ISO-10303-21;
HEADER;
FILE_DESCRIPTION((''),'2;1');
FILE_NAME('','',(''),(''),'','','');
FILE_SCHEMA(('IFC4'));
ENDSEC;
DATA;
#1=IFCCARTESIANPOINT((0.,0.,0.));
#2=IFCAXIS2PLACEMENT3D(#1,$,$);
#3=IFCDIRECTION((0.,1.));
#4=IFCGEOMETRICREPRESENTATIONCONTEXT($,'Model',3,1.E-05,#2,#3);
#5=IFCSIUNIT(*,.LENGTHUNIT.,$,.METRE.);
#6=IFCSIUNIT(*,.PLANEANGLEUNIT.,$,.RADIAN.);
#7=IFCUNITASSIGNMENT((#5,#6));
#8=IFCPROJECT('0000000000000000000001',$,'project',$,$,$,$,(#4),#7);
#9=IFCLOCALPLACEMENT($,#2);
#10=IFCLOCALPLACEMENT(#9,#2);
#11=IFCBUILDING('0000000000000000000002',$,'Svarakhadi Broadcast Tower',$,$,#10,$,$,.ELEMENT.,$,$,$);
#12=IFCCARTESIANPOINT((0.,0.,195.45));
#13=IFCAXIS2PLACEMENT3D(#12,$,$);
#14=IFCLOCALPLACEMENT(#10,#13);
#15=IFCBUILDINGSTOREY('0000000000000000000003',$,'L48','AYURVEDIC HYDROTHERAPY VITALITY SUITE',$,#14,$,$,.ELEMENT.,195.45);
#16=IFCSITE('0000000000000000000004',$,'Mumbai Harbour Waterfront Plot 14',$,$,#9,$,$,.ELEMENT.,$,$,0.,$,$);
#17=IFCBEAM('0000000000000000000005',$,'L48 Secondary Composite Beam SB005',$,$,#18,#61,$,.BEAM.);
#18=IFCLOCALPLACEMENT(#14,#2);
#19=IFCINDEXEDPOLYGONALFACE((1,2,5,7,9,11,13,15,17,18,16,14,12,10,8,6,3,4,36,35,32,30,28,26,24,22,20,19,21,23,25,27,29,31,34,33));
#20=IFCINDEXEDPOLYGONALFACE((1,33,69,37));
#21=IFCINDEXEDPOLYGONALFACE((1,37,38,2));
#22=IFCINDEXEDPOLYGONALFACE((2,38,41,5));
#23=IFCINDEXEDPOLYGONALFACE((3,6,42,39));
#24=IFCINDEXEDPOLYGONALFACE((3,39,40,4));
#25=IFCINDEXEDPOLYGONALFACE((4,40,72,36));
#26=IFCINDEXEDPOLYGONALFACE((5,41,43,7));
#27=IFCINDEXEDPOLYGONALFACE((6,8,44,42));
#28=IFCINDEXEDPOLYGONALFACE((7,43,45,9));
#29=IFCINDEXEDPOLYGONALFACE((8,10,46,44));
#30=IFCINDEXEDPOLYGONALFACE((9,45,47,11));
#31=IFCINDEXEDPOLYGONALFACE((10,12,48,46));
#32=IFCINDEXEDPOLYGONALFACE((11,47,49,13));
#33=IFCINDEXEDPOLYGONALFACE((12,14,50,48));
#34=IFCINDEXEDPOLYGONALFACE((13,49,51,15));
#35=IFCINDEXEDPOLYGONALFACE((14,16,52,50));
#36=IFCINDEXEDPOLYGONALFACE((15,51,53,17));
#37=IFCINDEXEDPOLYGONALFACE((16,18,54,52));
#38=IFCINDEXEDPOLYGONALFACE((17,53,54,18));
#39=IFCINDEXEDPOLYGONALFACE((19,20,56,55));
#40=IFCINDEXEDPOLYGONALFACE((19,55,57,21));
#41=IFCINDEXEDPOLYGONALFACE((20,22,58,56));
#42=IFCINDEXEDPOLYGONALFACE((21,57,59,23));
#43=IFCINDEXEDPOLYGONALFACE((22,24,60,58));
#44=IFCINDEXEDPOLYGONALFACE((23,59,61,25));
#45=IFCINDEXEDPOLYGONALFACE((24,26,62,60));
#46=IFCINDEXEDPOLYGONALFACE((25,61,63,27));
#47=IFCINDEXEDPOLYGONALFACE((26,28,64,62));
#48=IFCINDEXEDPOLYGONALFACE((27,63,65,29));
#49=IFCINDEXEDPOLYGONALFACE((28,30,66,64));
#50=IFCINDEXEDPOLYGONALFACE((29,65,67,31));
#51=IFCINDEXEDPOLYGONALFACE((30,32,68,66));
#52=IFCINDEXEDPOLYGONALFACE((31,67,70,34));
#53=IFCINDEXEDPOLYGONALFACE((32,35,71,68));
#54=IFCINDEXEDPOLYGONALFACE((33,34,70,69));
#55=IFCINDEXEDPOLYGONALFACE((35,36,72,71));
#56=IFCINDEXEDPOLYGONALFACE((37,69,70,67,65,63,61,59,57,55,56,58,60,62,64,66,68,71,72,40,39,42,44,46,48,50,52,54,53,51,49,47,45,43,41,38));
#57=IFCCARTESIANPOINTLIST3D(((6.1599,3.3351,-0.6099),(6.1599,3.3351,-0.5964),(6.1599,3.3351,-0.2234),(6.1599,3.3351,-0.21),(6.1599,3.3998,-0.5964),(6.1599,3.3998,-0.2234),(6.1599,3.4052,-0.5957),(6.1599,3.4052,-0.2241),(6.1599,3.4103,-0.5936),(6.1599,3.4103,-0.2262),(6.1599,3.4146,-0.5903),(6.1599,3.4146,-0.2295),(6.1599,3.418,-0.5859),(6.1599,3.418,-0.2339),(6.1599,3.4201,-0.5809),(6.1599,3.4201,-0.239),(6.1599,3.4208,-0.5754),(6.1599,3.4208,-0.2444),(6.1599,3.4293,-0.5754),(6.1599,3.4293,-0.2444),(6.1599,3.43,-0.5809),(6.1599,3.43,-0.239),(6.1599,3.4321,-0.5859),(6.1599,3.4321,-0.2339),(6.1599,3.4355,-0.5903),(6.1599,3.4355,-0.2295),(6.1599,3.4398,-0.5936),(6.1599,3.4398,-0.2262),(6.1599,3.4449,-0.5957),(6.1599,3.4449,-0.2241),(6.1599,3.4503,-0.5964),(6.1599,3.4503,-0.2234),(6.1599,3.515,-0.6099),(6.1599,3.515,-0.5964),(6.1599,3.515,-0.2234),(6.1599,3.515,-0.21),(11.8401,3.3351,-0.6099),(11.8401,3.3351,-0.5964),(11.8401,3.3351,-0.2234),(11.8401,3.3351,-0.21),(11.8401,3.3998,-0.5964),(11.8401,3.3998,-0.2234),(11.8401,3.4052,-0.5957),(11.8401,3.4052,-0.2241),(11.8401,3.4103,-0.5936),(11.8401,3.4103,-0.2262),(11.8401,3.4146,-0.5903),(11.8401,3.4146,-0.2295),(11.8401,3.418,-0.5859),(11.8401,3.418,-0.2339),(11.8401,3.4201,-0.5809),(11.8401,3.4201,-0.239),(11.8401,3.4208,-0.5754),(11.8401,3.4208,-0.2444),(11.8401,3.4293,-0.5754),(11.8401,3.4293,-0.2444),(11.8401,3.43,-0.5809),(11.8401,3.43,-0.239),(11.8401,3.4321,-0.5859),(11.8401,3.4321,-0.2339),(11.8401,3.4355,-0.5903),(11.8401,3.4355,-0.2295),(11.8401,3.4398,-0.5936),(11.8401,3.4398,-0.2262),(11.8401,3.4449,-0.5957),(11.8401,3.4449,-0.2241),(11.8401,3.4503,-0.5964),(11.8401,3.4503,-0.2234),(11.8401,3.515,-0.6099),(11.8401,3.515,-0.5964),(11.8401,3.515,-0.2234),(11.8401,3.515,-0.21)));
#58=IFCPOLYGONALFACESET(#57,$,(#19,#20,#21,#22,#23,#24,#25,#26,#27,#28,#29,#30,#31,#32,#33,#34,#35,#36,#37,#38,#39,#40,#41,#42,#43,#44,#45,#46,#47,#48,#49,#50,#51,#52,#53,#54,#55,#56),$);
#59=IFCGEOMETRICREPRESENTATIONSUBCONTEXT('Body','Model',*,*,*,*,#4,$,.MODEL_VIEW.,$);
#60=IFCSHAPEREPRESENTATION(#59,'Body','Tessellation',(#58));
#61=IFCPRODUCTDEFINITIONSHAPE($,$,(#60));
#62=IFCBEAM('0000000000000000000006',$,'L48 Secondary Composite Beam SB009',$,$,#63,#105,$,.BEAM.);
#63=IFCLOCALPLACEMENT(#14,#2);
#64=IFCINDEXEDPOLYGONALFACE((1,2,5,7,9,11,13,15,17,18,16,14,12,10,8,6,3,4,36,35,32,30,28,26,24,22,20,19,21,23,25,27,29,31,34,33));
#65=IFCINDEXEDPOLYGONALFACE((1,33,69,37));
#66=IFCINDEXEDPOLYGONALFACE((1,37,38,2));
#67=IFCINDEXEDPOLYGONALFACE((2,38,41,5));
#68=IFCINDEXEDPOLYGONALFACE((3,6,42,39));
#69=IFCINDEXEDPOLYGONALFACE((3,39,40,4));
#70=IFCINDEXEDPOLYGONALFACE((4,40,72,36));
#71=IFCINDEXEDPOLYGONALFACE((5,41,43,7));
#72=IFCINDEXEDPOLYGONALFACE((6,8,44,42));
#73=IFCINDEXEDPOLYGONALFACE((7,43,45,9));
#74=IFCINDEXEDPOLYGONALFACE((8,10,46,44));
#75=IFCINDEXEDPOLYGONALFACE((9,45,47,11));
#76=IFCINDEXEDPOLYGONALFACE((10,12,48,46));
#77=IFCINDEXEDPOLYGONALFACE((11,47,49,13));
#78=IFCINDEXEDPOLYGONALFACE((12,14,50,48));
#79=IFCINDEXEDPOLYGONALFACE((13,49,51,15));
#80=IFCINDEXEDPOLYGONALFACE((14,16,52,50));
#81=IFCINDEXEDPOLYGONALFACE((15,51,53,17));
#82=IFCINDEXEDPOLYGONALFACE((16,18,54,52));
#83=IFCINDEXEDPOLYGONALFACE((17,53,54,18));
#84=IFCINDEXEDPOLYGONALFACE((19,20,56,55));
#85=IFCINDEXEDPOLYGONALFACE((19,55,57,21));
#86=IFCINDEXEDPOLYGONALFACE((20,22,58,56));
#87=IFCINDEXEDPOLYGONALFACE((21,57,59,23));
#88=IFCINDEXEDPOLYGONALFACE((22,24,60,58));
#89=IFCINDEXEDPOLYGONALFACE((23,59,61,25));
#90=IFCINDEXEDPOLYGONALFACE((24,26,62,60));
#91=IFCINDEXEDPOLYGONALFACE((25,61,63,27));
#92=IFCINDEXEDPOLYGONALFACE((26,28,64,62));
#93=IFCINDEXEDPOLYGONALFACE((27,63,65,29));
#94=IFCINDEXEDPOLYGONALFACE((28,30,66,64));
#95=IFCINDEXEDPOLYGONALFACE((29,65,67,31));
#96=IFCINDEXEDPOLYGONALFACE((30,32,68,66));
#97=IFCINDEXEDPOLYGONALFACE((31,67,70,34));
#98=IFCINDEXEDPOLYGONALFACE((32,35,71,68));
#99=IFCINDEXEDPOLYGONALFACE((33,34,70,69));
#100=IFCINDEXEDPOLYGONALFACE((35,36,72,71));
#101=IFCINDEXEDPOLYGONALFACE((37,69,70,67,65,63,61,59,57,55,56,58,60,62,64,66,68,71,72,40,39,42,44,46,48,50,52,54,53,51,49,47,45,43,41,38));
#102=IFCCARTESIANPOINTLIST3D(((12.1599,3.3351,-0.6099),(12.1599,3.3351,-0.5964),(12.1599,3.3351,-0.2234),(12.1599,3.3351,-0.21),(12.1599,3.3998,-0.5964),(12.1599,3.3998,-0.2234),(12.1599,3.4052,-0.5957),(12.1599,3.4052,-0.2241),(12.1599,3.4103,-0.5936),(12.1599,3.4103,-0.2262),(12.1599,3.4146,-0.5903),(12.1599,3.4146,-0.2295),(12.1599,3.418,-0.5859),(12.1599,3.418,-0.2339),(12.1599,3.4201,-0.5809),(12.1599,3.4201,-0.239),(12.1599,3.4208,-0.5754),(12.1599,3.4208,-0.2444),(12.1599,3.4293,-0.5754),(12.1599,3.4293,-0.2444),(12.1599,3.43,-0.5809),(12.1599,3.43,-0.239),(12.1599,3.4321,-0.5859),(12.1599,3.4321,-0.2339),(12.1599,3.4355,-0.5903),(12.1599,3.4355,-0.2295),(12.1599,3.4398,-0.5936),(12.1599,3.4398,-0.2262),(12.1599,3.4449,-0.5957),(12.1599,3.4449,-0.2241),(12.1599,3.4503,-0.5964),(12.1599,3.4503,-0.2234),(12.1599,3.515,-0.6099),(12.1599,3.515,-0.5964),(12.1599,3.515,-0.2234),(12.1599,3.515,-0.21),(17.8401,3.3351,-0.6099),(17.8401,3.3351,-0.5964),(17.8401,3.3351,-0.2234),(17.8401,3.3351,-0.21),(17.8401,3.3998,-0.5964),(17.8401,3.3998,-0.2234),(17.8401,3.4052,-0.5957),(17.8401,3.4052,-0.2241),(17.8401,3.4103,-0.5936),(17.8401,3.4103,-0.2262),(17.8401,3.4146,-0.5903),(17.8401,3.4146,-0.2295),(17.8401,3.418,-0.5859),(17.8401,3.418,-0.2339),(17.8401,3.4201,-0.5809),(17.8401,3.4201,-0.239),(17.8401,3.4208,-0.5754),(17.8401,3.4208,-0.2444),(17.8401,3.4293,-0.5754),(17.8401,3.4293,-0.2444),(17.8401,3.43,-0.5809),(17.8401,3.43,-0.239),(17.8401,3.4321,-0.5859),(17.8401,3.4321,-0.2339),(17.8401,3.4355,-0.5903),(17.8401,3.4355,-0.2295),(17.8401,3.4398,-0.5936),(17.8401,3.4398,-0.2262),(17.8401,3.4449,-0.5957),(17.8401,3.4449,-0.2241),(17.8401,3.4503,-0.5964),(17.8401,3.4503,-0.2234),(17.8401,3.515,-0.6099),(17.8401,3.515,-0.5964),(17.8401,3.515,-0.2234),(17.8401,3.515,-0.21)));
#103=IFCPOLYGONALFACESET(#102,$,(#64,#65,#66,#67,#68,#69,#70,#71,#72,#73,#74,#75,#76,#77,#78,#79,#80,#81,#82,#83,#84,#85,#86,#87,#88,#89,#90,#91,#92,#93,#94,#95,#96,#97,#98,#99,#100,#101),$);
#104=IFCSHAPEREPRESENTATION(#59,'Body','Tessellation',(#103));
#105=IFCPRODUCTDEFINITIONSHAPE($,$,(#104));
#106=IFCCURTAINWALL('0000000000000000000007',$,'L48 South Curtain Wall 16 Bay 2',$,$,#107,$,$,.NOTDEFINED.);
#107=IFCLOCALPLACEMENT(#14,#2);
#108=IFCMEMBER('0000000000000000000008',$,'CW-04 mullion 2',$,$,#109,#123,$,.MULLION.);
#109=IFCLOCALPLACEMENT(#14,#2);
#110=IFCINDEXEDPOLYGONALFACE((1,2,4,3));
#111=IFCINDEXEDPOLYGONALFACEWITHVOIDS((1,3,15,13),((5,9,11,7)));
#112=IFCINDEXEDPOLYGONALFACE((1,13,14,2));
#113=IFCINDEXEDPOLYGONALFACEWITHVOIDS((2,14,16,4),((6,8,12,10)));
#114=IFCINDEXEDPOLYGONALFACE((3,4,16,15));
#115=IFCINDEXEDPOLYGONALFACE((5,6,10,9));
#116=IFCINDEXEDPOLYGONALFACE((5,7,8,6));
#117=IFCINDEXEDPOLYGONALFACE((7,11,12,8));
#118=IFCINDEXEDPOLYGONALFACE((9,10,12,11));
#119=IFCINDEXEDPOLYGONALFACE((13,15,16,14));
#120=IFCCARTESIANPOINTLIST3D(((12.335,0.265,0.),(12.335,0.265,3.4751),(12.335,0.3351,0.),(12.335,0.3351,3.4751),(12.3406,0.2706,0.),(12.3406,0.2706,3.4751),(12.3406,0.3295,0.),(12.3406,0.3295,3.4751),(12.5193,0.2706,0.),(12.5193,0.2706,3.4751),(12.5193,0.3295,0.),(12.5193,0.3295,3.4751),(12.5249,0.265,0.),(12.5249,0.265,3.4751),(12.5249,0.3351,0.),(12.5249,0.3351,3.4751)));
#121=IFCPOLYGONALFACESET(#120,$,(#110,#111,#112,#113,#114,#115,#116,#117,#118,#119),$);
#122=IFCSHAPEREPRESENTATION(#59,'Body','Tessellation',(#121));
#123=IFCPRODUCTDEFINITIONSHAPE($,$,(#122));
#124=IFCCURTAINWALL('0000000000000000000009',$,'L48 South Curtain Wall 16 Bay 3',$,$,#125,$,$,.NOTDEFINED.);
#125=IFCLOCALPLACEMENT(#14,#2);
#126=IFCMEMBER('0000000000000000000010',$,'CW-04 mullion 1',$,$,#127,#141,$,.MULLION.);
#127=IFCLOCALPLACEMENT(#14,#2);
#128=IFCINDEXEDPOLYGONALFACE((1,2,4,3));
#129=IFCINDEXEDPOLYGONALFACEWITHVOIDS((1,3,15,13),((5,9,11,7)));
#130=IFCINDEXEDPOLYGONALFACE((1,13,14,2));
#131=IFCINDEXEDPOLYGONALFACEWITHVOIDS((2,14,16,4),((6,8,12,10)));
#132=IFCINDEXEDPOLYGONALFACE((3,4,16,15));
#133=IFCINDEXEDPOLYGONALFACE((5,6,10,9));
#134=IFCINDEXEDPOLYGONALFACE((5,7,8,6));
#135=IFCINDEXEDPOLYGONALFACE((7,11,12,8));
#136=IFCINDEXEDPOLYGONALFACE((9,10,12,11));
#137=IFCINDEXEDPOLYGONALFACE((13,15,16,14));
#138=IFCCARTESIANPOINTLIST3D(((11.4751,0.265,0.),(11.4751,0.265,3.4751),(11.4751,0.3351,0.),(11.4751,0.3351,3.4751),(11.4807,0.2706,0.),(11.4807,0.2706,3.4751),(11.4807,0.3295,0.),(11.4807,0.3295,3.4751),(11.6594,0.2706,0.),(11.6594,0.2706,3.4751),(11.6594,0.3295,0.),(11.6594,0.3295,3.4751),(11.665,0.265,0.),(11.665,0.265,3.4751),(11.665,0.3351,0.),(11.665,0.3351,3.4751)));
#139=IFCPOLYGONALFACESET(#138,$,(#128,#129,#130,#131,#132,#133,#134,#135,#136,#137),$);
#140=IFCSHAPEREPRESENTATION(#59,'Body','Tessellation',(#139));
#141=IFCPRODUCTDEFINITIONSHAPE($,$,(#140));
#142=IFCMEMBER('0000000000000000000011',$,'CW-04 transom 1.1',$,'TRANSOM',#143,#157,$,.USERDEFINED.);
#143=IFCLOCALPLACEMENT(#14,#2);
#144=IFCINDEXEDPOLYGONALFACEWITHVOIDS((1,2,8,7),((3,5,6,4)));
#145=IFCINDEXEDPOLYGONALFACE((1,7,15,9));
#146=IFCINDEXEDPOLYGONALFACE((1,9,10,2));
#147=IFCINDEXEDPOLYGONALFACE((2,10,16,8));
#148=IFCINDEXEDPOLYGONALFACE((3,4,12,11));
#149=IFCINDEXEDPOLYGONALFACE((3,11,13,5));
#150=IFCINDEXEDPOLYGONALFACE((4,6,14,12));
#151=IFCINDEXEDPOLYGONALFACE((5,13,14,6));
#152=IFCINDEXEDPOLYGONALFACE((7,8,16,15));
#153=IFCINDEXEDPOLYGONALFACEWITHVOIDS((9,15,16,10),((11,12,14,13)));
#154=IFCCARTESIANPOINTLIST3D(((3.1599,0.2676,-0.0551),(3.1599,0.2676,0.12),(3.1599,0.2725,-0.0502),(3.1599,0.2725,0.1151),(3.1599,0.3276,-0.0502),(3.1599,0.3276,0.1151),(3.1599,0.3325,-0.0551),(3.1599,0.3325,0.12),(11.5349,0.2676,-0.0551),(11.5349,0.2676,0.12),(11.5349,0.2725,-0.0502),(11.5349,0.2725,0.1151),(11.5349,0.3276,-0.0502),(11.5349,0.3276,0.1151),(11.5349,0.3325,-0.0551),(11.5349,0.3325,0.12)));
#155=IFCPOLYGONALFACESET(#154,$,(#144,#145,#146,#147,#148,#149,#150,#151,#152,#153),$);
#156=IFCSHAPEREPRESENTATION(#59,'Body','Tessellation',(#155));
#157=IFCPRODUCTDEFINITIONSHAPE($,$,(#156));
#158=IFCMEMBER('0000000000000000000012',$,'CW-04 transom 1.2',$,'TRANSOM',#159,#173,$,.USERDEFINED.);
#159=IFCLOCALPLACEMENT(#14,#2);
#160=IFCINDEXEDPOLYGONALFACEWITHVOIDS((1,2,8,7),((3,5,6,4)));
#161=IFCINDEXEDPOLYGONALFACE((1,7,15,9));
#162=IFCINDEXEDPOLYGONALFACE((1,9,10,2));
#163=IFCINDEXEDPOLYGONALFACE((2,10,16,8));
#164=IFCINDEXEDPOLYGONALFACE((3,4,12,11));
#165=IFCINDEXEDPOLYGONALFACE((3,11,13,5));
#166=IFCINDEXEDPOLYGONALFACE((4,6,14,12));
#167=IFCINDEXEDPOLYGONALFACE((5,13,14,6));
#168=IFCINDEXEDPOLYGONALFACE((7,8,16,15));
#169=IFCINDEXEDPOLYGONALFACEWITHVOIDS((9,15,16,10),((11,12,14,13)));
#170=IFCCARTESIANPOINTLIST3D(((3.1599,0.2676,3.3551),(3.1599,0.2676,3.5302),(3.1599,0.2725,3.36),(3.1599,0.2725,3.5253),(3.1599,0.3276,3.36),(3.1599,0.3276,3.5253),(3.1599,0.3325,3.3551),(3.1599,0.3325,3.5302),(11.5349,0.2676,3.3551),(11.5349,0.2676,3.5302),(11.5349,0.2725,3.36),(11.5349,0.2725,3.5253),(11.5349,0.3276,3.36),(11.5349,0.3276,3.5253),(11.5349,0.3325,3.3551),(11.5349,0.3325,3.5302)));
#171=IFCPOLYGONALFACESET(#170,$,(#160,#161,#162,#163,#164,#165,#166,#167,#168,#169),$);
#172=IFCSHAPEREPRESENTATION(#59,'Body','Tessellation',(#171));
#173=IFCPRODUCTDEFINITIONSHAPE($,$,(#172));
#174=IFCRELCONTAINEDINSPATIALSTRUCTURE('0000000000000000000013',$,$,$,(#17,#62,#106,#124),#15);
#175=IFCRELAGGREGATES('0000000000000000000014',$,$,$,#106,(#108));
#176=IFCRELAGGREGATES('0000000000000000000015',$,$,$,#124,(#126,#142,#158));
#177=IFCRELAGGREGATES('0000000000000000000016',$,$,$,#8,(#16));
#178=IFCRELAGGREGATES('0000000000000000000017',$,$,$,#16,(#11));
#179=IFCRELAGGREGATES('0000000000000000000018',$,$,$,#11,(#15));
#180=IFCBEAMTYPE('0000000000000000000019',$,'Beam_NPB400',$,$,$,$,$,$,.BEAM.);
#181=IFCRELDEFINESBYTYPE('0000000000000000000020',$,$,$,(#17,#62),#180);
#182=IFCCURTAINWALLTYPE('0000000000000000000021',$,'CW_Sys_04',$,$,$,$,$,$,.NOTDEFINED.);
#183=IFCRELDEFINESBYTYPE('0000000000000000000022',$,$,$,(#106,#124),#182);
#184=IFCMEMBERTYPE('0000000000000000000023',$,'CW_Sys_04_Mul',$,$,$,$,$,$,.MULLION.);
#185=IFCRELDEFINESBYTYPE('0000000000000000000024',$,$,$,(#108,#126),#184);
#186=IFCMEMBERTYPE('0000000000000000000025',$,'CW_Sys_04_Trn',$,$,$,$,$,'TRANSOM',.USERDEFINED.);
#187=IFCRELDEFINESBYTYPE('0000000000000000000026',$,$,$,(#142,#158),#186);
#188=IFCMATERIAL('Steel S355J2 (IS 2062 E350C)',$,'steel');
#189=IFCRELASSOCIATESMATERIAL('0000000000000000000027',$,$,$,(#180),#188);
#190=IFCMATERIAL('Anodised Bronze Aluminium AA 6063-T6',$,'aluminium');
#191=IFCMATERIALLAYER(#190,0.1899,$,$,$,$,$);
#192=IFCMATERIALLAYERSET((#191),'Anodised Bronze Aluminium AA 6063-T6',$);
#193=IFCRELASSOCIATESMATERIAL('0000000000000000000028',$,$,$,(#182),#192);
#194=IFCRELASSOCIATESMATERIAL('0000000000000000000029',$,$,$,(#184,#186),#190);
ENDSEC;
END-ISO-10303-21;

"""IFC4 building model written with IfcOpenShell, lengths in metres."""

from ifc_helpers import new_model, si_unit, direction, frame, origin, origin_2d, place, context, subcontext, project, spatial, hollow_rectangle, i_section, extrude, material, layer, layer_set, material_profile, profile_set, type_object, element, aggregate, save


model = new_model("IFC4")

# Units and contexts
model_context = context("Model", 3, precision=1e-05, world=origin(), true_north=direction((0.0, 1.0)))
body_context = subcontext(model_context, "Body", "Model", "MODEL_VIEW")
ifc_project = project(units=[si_unit("LENGTHUNIT", "METRE"), si_unit("PLANEANGLEUNIT", "RADIAN")], contexts=[model_context])

# Site, building, storey
site_placement = place(None, origin())
site = spatial("IfcSite", under=ifc_project, at=site_placement, Name="Mumbai Harbour Waterfront Plot 14", CompositionType="ELEMENT", RefElevation=0.0)
building_placement = place(site_placement, origin())
building = spatial("IfcBuilding", under=site, at=building_placement, Name="Svarakhadi Broadcast Tower", CompositionType="ELEMENT")
storey_placement = place(building_placement, frame((0.0, 0.0, 195.45)))
storey = spatial("IfcBuildingStorey", under=building, at=storey_placement, Name="L48", Description="AYURVEDIC HYDROTHERAPY VITALITY SUITE", CompositionType="ELEMENT", Elevation=195.45)

# Beams
ifc_material_1 = material(Name="Steel S355J2 (IS 2062 E350C)", Category="steel")
ifc_material_profile_1 = material_profile(ifc_material_1, i_section(OverallWidth=0.1799, OverallDepth=0.3999, WebThickness=0.0085, FlangeThickness=0.0134, FilletRadius=0.021, at=origin_2d()), Name="NPB 400x180x66")
ifc_profile_set_1 = profile_set([ifc_material_profile_1], Name="Steel S355J2 (IS 2062 E350C)")
beam_type_1 = type_object("IfcBeamType", Name="Beam_NPB400", PredefinedType="BEAM", material=ifc_profile_set_1)
for number, where, z_axis, x_axis, name in (
    (1, (6.1599, 3.425, -0.4099), (1.0, 0.0, 0.0), (0.0, 1.0, 0.0), "L48 Secondary Composite Beam SB005"),
    (2, (12.1599, 3.425, -0.4099), (1.0, 0.0, 0.0), (0.0, 1.0, 0.0), "L48 Secondary Composite Beam SB009"),
):
    element("IfcBeam", number, at=place(storey_placement, frame(where, z_axis=z_axis, x_axis=x_axis)), inside=storey, type_object=beam_type_1, Name=name, PredefinedType="BEAM", context=body_context, shape_type="SweptSolid", body=[
        extrude(i_section(OverallWidth=0.1799, OverallDepth=0.3999, WebThickness=0.0085, FlangeThickness=0.0134, FilletRadius=0.021, at=origin_2d()), origin(), (0.0, 0.0, 1.0), 5.6802),
    ])

# Curtain wall, member
ifc_material_2 = material(Name="Anodised Bronze Aluminium AA 6063-T6", Category="aluminium")
ifc_layer_1 = layer(ifc_material_2, 0.1899)
ifc_layer_set_1 = layer_set([ifc_layer_1], Name="Anodised Bronze Aluminium AA 6063-T6")
curtain_wall_type = type_object("IfcCurtainWallType", Name="CW_Sys_04", PredefinedType="NOTDEFINED", material=ifc_layer_set_1)
curtain_wall_1_placement = place(storey_placement, origin())
curtain_wall_1 = element("IfcCurtainWall", 3, at=curtain_wall_1_placement, inside=storey, type_object=curtain_wall_type, Name="L48 South Curtain Wall 16 Bay 2", PredefinedType="NOTDEFINED")
ifc_material_profile_2 = material_profile(ifc_material_2, hollow_rectangle(XDim=0.0701, YDim=0.1899, WallThickness=0.0056, at=origin_2d()), Name="ALU MULLION 190x70x6")
ifc_profile_set_2 = profile_set([ifc_material_profile_2], Name="Anodised Bronze Aluminium AA 6063-T6")
member_type_1 = type_object("IfcMemberType", Name="CW_Sys_04_Mul", PredefinedType="MULLION", material=ifc_profile_set_2)
member_1_placement = place(storey_placement, frame((12.4299, 0.3, 0.0), z_axis=(0.0, 0.0, 1.0), x_axis=(0.0, -1.0, 0.0)))
member_1 = element("IfcMember", 4, at=member_1_placement, type_object=member_type_1, Name="CW-04 mullion 2", PredefinedType="MULLION", context=body_context, shape_type="SweptSolid", body=[
    extrude(hollow_rectangle(XDim=0.0701, YDim=0.1899, WallThickness=0.0056, at=origin_2d()), origin(), (0.0, 0.0, 1.0), 3.4751),
])
aggregate(curtain_wall_1, [member_1])

# Curtain wall, members
curtain_wall_2_placement = place(storey_placement, origin())
curtain_wall_2 = element("IfcCurtainWall", 5, at=curtain_wall_2_placement, inside=storey, type_object=curtain_wall_type, Name="L48 South Curtain Wall 16 Bay 3", PredefinedType="NOTDEFINED")
member_2_placement = place(storey_placement, frame((11.5701, 0.3, 0.0), z_axis=(0.0, 0.0, 1.0), x_axis=(0.0, -1.0, 0.0)))
member_2 = element("IfcMember", 6, at=member_2_placement, type_object=member_type_1, Name="CW-04 mullion 1", PredefinedType="MULLION", context=body_context, shape_type="SweptSolid", body=[
    extrude(hollow_rectangle(XDim=0.0701, YDim=0.1899, WallThickness=0.0056, at=origin_2d()), origin(), (0.0, 0.0, 1.0), 3.4751),
])
ifc_material_profile_3 = material_profile(ifc_material_2, hollow_rectangle(XDim=0.0649, YDim=0.175, WallThickness=0.0049, at=origin_2d()), Name="ALU TRANSOM 175x65x5")
ifc_profile_set_3 = profile_set([ifc_material_profile_3], Name="Anodised Bronze Aluminium AA 6063-T6")
member_type_2 = type_object("IfcMemberType", Name="CW_Sys_04_Trn", ElementType="TRANSOM", PredefinedType="USERDEFINED", material=ifc_profile_set_3)
member_3_placement = place(storey_placement, frame((11.5349, 0.3, 0.0325), z_axis=(-1.0, 0.0, 0.0), x_axis=(0.0, -1.0, 0.0)))
member_3 = element("IfcMember", 7, at=member_3_placement, type_object=member_type_2, Name="CW-04 transom 1.1", ObjectType="TRANSOM", PredefinedType="USERDEFINED", context=body_context, shape_type="SweptSolid", body=[
    extrude(hollow_rectangle(XDim=0.0649, YDim=0.175, WallThickness=0.0049, at=origin_2d()), origin(), (0.0, 0.0, 1.0), 8.375),
])
member_4_placement = place(storey_placement, frame((11.5349, 0.3, 3.4426), z_axis=(-1.0, 0.0, 0.0), x_axis=(0.0, -1.0, 0.0)))
member_4 = element("IfcMember", 8, at=member_4_placement, type_object=member_type_2, Name="CW-04 transom 1.2", ObjectType="TRANSOM", PredefinedType="USERDEFINED", context=body_context, shape_type="SweptSolid", body=[
    extrude(hollow_rectangle(XDim=0.0649, YDim=0.175, WallThickness=0.0049, at=origin_2d()), origin(), (0.0, 0.0, 1.0), 8.375),
])

aggregate(curtain_wall_2, [member_2, member_3, member_4])

save(model, "model.ifc")
